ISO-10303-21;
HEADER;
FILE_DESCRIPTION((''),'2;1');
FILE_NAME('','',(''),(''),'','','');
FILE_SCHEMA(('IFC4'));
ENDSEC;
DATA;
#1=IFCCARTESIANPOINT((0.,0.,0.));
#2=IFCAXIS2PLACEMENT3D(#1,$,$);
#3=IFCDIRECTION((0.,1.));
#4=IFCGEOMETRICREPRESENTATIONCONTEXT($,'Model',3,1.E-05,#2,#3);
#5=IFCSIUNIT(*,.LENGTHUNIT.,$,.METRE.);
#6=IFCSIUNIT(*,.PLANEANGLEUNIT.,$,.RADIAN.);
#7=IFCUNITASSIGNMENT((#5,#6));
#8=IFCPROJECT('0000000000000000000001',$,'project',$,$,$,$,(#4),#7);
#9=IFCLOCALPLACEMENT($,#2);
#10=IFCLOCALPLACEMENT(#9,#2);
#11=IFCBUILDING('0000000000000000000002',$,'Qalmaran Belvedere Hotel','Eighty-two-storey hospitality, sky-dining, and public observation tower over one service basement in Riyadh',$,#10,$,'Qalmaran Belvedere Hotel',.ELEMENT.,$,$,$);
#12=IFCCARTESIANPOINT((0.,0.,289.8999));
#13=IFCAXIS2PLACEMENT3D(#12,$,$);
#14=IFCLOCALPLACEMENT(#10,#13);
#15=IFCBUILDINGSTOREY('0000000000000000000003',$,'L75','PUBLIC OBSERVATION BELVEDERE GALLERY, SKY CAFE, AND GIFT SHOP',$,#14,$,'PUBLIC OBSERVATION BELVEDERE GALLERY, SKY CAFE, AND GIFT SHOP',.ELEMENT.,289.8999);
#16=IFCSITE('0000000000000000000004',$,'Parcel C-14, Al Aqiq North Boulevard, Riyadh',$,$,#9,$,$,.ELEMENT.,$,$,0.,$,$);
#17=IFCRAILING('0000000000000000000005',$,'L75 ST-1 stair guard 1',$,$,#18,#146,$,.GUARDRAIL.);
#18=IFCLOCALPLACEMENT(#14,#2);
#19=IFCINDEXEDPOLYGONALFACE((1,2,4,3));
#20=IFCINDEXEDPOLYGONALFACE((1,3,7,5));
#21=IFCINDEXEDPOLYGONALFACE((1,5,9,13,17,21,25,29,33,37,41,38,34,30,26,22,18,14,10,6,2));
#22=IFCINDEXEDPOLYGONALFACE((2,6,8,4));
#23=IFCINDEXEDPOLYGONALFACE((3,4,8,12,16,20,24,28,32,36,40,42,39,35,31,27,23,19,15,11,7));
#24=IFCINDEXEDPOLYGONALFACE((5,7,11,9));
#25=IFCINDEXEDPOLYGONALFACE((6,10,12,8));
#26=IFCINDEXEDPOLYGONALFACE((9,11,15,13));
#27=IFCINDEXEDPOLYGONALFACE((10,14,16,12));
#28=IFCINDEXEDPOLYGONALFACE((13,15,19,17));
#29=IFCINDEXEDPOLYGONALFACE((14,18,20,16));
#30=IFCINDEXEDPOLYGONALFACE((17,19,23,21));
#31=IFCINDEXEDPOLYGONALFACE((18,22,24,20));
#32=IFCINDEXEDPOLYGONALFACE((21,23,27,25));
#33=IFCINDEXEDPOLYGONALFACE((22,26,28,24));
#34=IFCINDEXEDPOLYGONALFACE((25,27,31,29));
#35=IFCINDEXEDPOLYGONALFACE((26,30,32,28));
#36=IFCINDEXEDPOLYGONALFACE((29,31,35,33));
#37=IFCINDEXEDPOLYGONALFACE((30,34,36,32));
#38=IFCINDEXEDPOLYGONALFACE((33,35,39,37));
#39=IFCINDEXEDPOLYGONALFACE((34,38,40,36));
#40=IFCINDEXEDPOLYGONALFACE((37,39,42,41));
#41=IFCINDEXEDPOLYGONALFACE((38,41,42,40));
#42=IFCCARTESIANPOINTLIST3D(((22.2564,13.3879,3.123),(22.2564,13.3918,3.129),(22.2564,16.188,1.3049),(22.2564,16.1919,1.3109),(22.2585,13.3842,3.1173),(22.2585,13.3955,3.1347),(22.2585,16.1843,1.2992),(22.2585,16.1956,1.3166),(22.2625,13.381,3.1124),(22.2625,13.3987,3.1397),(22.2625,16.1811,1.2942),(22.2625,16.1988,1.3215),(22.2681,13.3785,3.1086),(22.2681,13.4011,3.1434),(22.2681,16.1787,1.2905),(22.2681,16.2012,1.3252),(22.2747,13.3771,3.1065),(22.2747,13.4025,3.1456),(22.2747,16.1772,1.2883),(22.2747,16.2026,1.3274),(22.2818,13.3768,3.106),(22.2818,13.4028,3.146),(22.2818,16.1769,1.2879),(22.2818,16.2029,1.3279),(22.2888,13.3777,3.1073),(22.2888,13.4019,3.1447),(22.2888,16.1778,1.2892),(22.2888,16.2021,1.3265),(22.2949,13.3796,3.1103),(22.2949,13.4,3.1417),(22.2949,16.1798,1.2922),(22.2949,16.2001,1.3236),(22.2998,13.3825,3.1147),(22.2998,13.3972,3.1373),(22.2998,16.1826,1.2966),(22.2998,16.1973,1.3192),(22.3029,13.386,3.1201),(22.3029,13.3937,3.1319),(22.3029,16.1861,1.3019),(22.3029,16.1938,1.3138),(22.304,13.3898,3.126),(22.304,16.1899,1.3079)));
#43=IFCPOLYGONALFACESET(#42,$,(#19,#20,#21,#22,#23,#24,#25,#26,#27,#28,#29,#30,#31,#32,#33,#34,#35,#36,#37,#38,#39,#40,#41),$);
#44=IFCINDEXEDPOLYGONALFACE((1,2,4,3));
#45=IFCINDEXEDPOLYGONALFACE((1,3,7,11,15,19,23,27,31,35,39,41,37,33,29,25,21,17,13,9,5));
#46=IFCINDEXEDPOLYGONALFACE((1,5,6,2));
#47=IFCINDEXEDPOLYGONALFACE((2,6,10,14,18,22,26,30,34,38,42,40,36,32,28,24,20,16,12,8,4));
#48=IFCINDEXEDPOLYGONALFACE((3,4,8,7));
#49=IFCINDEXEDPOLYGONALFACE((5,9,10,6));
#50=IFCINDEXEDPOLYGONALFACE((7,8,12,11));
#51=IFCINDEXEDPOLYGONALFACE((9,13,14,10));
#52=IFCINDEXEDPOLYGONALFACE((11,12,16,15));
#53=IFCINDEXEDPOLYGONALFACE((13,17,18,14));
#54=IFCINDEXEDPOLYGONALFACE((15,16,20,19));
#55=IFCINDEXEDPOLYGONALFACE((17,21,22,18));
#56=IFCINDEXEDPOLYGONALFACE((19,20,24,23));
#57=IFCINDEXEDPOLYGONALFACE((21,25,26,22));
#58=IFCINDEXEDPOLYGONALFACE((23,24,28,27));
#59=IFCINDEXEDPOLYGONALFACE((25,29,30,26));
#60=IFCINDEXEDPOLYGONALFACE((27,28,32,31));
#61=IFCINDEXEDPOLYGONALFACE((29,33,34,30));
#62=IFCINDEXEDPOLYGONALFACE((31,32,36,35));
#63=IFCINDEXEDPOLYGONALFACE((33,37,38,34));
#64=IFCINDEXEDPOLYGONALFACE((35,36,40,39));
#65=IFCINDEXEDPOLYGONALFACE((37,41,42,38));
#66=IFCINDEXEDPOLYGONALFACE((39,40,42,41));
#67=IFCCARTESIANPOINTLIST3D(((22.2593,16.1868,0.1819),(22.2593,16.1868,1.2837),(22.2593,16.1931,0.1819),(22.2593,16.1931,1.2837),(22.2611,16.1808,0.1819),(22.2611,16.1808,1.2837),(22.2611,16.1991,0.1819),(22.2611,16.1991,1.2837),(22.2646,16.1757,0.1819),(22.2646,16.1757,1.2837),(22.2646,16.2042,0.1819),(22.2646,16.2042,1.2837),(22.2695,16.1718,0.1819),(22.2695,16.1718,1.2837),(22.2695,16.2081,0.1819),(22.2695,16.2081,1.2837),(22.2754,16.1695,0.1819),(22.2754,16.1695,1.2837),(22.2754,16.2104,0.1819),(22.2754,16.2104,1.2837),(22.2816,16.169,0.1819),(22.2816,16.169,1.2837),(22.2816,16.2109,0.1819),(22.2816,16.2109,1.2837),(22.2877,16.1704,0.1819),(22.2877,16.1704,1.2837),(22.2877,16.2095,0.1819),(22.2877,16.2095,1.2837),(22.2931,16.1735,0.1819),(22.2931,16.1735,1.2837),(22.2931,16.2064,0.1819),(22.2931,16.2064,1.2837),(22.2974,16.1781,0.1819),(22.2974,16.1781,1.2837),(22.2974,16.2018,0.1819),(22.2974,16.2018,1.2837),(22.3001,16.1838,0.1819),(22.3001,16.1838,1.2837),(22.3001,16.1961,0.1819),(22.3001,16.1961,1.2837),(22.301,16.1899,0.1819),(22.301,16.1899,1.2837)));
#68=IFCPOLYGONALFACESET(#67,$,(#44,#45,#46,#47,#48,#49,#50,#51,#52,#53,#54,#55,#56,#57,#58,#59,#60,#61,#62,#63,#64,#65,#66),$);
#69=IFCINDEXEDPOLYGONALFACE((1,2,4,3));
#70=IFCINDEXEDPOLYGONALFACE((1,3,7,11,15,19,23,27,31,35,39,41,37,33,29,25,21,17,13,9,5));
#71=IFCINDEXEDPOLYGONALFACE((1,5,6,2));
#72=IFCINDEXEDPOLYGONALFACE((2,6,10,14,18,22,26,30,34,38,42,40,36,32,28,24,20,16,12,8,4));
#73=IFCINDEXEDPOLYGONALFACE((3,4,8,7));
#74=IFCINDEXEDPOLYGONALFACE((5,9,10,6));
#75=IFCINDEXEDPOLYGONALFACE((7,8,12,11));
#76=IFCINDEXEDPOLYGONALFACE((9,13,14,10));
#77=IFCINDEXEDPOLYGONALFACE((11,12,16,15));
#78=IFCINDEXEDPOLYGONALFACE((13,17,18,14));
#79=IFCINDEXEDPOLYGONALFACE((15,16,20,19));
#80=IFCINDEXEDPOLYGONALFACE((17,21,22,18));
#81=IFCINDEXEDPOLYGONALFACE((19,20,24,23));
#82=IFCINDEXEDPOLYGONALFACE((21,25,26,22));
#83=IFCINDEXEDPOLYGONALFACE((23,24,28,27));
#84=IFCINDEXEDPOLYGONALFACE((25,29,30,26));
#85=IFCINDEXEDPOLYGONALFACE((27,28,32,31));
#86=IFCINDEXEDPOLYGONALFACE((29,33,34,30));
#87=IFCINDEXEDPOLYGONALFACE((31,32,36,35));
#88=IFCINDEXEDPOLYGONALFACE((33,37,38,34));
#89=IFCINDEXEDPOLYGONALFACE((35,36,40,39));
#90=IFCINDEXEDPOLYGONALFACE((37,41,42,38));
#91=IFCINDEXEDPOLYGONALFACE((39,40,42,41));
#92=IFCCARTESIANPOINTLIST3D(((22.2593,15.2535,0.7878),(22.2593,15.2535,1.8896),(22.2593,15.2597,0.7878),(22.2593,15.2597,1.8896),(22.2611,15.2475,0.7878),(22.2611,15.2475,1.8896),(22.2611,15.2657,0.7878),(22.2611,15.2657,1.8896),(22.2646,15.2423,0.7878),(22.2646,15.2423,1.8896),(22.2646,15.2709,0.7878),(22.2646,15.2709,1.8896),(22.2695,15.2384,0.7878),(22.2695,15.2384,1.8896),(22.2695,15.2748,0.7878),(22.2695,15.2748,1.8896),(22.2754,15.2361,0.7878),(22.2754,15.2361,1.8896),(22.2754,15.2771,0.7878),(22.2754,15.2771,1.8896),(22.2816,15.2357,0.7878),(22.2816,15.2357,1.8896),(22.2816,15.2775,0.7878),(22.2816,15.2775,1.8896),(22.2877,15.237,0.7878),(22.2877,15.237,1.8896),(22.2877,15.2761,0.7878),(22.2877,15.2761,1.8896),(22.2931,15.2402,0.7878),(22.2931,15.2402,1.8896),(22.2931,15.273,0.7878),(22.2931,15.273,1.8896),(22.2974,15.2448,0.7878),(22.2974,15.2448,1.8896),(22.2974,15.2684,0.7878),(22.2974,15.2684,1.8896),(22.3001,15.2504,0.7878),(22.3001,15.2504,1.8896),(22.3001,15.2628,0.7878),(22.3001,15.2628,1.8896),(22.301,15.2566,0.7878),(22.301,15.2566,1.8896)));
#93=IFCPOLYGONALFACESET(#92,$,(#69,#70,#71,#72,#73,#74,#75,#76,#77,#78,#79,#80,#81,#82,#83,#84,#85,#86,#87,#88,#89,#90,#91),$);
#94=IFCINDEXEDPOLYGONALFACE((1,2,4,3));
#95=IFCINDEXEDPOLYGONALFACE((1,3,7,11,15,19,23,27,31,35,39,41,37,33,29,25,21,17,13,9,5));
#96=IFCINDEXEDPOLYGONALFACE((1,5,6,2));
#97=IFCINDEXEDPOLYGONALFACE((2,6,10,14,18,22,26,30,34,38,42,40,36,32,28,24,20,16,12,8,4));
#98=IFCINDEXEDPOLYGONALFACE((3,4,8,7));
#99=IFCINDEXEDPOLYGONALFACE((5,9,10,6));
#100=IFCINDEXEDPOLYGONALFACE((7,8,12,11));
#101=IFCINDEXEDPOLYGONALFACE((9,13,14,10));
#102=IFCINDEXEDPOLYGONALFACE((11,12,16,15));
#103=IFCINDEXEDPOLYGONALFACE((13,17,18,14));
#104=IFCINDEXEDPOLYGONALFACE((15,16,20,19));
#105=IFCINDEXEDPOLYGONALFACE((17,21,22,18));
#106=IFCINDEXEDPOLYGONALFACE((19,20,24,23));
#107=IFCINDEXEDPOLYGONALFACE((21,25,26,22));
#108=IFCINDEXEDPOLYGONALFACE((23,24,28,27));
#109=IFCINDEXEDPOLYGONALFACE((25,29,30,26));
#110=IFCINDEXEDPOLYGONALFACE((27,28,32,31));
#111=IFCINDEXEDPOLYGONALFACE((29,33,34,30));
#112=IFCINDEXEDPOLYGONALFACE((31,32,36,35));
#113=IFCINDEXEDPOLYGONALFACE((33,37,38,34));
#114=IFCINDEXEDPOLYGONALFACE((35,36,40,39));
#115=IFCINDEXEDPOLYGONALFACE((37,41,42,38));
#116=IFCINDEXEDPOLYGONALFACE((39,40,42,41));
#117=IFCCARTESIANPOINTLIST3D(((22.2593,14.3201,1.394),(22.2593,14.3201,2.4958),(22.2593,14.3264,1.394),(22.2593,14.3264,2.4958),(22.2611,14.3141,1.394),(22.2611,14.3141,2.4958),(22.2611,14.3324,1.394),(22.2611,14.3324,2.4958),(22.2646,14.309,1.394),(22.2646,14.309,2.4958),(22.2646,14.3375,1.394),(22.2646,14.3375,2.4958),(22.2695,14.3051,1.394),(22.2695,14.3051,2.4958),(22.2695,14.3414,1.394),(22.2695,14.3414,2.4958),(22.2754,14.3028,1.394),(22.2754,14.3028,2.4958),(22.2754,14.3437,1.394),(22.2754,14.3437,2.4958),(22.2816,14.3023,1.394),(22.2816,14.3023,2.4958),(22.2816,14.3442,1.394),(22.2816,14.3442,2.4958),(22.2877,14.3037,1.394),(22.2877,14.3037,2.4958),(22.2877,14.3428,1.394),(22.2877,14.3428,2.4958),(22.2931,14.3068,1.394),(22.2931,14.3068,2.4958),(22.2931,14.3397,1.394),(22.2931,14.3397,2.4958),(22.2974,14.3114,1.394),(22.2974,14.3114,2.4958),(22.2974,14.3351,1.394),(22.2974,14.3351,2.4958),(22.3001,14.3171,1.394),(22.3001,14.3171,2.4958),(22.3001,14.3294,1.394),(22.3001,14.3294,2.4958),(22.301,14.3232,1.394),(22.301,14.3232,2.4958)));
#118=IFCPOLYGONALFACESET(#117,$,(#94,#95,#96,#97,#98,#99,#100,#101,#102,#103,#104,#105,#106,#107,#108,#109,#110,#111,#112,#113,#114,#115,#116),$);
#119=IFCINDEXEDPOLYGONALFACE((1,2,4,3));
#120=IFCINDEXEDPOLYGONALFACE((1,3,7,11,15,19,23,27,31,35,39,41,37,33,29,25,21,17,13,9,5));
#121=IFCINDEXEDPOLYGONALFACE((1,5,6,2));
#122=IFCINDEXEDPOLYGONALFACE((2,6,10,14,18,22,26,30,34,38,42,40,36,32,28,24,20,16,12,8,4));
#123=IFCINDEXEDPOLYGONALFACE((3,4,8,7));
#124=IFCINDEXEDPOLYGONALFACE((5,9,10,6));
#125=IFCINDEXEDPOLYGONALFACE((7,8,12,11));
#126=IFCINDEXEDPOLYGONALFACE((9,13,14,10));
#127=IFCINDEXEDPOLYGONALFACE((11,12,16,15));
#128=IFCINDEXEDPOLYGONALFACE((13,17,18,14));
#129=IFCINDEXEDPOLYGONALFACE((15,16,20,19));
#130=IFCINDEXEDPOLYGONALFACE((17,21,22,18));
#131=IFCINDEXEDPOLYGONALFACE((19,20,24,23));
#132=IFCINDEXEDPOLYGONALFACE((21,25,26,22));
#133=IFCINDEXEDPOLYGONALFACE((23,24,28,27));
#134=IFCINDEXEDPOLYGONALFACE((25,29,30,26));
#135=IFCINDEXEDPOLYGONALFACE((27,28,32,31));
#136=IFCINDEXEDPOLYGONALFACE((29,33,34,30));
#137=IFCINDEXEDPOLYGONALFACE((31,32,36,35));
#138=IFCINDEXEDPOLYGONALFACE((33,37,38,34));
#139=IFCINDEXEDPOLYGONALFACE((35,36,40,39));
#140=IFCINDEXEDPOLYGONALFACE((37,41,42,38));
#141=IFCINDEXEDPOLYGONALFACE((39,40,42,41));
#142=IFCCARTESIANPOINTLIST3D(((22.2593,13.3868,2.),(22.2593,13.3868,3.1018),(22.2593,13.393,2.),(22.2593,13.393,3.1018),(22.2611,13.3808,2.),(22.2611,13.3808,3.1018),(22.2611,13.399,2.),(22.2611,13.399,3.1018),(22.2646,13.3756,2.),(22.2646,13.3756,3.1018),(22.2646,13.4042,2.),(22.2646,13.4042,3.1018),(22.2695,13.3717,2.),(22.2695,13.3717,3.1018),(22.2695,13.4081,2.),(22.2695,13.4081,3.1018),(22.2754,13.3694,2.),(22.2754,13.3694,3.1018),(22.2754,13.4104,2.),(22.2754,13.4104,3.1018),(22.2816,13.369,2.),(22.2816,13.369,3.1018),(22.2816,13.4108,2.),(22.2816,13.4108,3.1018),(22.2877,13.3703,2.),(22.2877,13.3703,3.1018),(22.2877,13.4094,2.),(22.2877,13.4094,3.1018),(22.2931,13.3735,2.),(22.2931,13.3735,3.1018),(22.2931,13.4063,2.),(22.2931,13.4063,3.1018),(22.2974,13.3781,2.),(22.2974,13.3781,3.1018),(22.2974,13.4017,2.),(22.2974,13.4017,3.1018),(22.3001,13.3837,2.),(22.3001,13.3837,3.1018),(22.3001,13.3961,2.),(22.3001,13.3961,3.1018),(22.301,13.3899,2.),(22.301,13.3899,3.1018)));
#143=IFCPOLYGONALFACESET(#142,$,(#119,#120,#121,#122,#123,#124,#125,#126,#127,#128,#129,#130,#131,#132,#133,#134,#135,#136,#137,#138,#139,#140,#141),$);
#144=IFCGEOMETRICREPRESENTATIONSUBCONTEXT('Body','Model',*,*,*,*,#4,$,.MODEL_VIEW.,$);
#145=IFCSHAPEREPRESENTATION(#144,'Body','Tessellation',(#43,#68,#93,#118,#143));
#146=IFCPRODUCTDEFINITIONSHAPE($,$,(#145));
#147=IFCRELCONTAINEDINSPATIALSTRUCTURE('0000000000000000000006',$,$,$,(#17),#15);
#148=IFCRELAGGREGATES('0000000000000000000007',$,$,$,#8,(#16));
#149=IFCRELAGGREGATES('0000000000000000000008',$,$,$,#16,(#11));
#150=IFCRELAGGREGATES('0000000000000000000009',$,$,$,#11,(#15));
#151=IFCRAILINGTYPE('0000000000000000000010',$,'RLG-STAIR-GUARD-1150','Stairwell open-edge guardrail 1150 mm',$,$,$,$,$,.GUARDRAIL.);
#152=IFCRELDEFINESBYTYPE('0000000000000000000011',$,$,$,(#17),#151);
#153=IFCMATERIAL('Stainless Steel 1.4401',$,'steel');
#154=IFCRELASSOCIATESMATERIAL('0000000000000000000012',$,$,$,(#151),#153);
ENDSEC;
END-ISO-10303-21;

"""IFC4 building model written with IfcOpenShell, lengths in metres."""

from ifc_helpers import new_model, si_unit, direction, frame, origin, origin_2d, place, context, subcontext, project, spatial, circle, extrude, material, type_object, element, save


model = new_model("IFC4")

# Units and contexts
model_context = context("Model", 3, precision=1e-05, world=origin(), true_north=direction((0.0, 1.0)))
body_context = subcontext(model_context, "Body", "Model", "MODEL_VIEW")
ifc_project = project(units=[si_unit("LENGTHUNIT", "METRE"), si_unit("PLANEANGLEUNIT", "RADIAN")], contexts=[model_context])

# Site, building, storey
site_placement = place(None, origin())
site = spatial("IfcSite", under=ifc_project, at=site_placement, Name="Parcel C-14, Al Aqiq North Boulevard, Riyadh", CompositionType="ELEMENT", RefElevation=0.0)
building_placement = place(site_placement, origin())
building = spatial("IfcBuilding", under=site, at=building_placement, Name="Qalmaran Belvedere Hotel", Description="Eighty-two-storey hospitality, sky-dining, and public observation tower over one service basement in Riyadh", LongName="Qalmaran Belvedere Hotel", CompositionType="ELEMENT")
storey_placement = place(building_placement, frame((0.0, 0.0, 289.8999)))
storey = spatial("IfcBuildingStorey", under=building, at=storey_placement, Name="L75", Description="PUBLIC OBSERVATION BELVEDERE GALLERY, SKY CAFE, AND GIFT SHOP", LongName="PUBLIC OBSERVATION BELVEDERE GALLERY, SKY CAFE, AND GIFT SHOP", CompositionType="ELEMENT", Elevation=289.8999)

# Railing
ifc_material_1 = material(Name="Stainless Steel 1.4401", Category="steel")
railing_type_1 = type_object("IfcRailingType", Name="RLG-STAIR-GUARD-1150", Description="Stairwell open-edge guardrail 1150 mm", PredefinedType="GUARDRAIL", material=ifc_material_1)
railing_1_placement = place(storey_placement, frame((22.28, 16.1899, 0.1819)))
element("IfcRailing", 1, at=railing_1_placement, inside=storey, type_object=railing_type_1, Name="L75 ST-1 stair guard 1", PredefinedType="GUARDRAIL", context=body_context, shape_type="SweptSolid", body=[
    extrude(circle(Radius=0.0239, at=origin_2d()), frame((0.0, 0.0, 1.126), z_axis=(0.0, -0.838706, 0.544585), x_axis=(1.0, 0.0, 0.0)), (0.0, 0.0, 1.0), 3.3386),
    extrude(circle(Radius=0.021, at=origin_2d()), origin(), (0.0, 0.0, 1.0), 1.1018),
    extrude(circle(Radius=0.021, at=origin_2d()), frame((0.0, -0.9333, 0.606)), (0.0, 0.0, 1.0), 1.1018),
    extrude(circle(Radius=0.021, at=origin_2d()), frame((0.0, -1.8667, 1.2122)), (0.0, 0.0, 1.0), 1.1018),
    extrude(circle(Radius=0.021, at=origin_2d()), frame((0.0, -2.8, 1.8181)), (0.0, 0.0, 1.0), 1.1018),
])

save(model, "model.ifc")
